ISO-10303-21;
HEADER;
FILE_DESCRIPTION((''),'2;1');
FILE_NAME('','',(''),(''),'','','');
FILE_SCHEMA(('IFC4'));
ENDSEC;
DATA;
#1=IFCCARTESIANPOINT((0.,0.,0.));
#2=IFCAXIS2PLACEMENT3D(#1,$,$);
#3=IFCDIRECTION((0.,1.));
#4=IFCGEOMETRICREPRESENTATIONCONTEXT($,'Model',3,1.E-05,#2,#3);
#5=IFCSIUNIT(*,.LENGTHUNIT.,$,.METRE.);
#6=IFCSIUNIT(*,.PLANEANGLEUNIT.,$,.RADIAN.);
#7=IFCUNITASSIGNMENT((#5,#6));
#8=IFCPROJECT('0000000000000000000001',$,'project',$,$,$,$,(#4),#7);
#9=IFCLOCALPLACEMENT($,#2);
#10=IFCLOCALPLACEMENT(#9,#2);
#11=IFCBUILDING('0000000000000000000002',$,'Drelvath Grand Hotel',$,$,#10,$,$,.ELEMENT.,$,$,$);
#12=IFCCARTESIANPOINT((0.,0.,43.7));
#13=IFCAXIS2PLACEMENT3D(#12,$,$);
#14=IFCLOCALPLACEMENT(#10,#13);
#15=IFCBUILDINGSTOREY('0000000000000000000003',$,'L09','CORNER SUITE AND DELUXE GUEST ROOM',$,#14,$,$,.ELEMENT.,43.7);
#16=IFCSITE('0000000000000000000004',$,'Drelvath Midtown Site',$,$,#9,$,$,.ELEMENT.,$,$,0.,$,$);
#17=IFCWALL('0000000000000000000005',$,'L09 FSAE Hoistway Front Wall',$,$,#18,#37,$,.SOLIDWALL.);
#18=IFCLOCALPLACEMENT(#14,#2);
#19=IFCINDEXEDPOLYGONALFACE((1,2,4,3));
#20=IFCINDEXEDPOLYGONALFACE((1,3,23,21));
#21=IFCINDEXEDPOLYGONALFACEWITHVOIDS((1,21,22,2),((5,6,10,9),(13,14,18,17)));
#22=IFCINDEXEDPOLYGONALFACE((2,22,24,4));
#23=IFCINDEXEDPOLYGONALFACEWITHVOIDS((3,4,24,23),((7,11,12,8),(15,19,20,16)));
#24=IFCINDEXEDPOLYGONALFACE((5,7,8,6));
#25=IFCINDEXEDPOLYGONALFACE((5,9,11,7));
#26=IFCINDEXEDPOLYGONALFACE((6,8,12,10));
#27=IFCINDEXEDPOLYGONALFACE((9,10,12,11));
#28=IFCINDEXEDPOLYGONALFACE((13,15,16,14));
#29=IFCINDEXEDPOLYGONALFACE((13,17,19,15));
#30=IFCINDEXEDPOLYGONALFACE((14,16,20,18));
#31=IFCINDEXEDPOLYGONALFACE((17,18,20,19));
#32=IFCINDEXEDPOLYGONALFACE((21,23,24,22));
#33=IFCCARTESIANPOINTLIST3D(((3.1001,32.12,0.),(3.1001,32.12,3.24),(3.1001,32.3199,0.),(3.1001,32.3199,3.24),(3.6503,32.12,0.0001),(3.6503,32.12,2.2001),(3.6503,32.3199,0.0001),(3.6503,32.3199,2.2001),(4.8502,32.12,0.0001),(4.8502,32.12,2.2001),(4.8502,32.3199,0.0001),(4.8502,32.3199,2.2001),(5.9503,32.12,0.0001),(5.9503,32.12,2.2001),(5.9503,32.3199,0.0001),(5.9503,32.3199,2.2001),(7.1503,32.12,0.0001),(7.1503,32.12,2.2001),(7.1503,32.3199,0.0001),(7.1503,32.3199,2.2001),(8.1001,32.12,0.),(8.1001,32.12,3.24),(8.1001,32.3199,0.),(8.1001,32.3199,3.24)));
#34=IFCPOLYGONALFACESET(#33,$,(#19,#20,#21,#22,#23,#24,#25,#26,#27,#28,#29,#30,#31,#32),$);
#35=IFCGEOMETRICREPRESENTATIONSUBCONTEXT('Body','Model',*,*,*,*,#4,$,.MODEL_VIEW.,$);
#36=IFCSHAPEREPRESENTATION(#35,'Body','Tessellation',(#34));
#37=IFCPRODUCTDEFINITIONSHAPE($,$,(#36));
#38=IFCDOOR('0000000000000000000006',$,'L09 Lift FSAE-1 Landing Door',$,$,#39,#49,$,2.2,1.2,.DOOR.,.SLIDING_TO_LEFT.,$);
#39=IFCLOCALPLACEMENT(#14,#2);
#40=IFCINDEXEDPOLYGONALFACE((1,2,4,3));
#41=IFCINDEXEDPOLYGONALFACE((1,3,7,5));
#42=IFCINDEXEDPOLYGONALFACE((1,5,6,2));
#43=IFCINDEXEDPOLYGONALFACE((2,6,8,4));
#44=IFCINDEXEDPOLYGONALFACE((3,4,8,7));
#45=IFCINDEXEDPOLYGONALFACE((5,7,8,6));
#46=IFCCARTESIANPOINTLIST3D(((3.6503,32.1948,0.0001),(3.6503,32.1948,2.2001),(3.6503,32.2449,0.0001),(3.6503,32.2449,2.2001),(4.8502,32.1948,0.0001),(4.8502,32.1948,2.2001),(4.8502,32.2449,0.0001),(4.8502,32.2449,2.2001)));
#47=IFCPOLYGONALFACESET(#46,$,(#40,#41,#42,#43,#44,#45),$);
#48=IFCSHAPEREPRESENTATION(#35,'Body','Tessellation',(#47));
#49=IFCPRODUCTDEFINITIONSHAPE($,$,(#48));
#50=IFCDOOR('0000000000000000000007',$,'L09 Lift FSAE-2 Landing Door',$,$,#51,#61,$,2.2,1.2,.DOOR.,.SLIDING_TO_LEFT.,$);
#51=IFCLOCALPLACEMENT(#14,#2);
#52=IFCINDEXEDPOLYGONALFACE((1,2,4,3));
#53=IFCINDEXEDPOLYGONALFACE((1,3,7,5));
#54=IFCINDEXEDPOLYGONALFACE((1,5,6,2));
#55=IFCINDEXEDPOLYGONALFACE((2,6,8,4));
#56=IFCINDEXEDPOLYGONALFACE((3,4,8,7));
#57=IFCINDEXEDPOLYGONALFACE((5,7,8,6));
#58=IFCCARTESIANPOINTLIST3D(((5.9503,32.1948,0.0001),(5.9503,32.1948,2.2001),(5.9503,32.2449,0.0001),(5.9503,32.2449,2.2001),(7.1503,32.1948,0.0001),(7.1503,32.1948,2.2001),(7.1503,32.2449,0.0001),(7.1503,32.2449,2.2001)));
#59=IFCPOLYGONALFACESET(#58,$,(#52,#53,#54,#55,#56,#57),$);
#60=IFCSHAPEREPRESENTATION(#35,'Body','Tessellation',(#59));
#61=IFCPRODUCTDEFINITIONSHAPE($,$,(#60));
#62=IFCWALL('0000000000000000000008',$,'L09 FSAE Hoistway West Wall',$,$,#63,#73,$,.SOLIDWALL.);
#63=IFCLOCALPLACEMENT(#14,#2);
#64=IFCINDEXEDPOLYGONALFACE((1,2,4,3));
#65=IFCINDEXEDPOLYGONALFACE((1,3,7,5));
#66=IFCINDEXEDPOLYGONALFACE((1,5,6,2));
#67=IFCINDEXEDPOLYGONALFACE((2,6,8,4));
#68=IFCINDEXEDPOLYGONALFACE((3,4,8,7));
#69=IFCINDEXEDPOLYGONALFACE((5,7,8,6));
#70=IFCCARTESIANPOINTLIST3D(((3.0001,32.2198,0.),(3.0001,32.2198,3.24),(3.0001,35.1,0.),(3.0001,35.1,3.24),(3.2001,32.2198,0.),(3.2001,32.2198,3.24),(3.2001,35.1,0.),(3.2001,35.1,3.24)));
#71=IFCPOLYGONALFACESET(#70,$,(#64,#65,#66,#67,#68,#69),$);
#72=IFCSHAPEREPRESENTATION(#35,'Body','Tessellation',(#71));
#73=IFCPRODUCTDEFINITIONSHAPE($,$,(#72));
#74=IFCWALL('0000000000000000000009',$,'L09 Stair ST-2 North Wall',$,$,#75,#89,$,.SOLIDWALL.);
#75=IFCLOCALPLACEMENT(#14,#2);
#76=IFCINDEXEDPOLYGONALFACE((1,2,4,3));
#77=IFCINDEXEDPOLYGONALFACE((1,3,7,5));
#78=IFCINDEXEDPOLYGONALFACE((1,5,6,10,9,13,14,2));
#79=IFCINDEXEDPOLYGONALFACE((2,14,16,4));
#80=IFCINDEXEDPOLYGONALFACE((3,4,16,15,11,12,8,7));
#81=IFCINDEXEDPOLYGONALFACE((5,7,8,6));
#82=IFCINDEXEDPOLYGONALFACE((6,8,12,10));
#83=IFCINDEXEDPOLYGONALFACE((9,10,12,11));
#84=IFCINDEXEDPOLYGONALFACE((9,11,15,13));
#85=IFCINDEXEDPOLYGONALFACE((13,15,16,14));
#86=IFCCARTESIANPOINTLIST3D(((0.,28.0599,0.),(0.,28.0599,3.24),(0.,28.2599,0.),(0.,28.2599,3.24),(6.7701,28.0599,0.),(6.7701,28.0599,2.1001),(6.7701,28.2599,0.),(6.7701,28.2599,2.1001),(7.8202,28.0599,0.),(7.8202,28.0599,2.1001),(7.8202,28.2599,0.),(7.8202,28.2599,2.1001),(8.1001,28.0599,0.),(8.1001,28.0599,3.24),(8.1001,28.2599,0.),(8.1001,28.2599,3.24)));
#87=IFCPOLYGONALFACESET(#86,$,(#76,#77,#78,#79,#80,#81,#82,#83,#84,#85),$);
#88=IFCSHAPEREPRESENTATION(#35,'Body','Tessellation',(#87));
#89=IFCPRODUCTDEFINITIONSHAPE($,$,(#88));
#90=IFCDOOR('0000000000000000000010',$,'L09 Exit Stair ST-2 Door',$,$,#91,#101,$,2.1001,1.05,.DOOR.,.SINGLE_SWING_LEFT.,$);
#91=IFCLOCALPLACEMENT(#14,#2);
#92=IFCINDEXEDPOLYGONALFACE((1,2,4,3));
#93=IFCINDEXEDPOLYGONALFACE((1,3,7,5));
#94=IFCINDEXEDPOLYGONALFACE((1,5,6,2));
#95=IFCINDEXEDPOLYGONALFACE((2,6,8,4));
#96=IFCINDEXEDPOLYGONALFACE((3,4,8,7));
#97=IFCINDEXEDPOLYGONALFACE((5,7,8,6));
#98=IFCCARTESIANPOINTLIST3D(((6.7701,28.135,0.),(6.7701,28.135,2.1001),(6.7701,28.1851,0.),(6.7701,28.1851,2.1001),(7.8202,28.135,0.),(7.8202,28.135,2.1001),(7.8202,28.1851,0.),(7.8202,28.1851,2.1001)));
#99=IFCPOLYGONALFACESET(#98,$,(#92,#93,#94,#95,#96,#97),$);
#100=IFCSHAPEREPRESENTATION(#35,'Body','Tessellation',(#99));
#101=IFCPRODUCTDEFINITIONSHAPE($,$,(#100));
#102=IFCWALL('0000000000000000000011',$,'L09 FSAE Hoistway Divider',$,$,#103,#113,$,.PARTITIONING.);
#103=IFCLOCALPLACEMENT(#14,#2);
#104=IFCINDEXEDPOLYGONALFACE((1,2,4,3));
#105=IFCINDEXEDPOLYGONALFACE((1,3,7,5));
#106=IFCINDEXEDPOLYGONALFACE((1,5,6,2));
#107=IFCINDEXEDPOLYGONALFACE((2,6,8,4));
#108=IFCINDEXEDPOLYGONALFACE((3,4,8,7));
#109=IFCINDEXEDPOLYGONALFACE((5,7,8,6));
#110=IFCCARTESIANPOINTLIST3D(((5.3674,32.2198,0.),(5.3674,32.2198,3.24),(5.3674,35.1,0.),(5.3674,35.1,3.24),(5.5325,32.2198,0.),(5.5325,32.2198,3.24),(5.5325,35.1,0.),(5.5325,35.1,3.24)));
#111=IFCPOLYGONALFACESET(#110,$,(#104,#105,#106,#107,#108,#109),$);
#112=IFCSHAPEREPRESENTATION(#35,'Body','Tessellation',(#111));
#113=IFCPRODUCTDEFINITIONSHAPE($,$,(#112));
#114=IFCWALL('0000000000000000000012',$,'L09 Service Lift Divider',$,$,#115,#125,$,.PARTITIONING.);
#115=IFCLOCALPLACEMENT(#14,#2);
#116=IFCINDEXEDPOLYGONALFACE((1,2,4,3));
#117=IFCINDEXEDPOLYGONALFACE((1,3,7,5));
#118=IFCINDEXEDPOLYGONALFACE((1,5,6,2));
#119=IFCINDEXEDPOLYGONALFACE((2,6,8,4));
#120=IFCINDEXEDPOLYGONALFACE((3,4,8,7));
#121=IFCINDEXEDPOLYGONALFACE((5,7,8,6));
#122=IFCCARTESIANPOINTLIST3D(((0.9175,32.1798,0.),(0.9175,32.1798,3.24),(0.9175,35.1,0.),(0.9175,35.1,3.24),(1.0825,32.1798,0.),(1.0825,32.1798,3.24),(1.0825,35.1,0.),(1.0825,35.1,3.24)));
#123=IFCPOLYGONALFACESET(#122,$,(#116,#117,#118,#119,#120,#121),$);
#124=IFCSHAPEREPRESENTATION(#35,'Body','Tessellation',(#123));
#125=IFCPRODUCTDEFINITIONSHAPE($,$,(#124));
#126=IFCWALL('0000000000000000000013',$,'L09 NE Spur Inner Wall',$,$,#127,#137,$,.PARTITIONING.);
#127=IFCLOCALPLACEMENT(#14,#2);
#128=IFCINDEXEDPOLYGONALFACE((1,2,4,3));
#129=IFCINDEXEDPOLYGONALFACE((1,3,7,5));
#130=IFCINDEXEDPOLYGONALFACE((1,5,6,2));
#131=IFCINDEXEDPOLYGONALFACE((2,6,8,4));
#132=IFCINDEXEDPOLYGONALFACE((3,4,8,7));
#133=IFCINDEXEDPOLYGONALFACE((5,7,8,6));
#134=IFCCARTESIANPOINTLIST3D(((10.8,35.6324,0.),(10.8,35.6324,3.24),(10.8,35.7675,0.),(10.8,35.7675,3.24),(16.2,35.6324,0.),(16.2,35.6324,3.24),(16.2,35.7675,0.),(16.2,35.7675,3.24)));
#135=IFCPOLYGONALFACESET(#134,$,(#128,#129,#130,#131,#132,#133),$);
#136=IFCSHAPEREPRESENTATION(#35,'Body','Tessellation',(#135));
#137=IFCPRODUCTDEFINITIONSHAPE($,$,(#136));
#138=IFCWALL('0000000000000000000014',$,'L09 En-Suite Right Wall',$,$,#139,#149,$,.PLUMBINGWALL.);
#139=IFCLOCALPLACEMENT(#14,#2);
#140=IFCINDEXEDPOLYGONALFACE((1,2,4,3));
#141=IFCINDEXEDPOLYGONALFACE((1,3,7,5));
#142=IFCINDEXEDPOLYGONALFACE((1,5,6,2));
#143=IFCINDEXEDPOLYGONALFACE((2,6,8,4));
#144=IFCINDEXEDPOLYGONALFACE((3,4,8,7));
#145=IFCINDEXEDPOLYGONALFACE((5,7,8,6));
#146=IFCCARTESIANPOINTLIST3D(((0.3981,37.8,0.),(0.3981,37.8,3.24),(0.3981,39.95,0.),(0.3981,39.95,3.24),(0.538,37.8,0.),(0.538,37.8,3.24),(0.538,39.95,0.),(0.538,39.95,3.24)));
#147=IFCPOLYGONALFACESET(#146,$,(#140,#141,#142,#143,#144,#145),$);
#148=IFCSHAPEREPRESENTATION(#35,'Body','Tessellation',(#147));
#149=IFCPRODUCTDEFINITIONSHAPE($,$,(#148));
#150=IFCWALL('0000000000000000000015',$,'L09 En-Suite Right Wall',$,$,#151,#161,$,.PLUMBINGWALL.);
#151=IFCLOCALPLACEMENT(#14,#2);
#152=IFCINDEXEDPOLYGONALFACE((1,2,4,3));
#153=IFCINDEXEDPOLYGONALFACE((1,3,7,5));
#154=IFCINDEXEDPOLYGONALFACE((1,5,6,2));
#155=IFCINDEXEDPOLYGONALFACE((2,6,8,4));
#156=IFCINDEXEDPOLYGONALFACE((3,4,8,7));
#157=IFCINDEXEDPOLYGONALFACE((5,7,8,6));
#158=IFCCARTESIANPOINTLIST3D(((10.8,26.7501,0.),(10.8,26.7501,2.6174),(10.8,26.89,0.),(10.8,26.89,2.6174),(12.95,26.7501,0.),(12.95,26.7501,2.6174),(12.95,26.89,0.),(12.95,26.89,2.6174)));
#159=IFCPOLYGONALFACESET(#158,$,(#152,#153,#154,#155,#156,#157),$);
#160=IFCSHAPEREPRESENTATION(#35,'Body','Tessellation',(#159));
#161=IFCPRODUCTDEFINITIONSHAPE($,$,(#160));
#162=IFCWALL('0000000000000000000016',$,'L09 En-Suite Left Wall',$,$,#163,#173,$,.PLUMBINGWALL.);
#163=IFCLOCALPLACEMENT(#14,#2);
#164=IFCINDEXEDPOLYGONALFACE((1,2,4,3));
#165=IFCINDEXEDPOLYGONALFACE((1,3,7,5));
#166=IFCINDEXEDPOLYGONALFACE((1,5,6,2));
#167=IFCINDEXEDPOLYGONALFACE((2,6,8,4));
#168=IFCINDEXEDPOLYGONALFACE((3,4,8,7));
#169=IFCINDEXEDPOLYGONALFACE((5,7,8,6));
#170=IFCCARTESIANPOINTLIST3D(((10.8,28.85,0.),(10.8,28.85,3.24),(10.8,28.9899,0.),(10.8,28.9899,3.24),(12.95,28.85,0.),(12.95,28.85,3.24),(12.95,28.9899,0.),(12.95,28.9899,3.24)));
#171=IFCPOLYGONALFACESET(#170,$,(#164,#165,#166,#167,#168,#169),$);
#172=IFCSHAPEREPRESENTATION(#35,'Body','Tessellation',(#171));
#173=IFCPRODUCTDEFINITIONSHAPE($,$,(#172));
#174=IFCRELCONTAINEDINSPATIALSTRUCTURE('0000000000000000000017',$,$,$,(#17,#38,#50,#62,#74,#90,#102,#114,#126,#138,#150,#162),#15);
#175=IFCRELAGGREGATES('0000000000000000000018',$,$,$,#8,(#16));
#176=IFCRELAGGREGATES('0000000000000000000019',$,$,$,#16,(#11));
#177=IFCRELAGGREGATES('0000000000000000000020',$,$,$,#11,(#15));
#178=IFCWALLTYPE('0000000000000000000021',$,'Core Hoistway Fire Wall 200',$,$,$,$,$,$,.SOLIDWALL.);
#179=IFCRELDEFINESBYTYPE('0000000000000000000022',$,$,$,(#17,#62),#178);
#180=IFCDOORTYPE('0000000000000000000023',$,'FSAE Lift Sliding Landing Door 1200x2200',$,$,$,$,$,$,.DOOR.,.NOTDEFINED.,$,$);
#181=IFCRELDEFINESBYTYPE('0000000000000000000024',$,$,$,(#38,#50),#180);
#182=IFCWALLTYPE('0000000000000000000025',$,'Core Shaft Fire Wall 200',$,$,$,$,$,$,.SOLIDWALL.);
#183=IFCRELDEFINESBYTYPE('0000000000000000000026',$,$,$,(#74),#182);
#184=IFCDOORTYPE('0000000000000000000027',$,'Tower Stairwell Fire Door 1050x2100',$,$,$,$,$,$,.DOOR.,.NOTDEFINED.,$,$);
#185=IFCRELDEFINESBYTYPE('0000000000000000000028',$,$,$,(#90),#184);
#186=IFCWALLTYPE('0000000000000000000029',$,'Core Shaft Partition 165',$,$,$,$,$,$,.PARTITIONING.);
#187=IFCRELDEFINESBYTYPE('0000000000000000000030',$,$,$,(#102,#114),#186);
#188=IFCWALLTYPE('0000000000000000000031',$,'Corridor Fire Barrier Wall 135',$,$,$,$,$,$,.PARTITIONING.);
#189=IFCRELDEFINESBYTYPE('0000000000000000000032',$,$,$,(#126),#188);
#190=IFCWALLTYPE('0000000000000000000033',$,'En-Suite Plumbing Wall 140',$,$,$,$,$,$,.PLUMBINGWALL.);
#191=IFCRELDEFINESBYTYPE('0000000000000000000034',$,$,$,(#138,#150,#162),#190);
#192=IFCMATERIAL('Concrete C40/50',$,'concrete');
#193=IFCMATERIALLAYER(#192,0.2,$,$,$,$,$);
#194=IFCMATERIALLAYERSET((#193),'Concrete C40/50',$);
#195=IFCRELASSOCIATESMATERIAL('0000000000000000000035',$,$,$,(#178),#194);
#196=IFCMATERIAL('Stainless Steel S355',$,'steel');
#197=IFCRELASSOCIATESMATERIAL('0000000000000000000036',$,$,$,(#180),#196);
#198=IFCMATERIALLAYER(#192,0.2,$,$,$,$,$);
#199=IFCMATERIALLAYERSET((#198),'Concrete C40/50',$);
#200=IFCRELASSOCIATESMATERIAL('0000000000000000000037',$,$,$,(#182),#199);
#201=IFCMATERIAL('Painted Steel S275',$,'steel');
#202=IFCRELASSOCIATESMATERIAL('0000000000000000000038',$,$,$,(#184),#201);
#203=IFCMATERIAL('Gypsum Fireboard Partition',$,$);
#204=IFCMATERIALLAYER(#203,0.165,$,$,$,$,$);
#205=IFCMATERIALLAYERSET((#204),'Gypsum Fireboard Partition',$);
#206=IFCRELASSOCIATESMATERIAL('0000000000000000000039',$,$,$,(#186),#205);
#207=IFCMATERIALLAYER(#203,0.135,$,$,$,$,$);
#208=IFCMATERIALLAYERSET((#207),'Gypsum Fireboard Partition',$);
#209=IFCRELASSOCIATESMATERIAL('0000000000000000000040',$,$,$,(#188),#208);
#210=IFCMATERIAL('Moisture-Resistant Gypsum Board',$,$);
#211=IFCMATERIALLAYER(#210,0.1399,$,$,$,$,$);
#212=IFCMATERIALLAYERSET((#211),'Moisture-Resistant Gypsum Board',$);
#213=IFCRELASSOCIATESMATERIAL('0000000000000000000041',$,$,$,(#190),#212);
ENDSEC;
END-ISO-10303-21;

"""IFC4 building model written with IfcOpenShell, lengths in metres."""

from ifc_helpers import new_model, si_unit, direction, frame, frame_2d, origin, place, context, subcontext, project, spatial, rectangle, extrude, material, layer, layer_set, type_object, element, fill, save


model = new_model("IFC4")

# Units and contexts
model_context = context("Model", 3, precision=1e-05, world=origin(), true_north=direction((0.0, 1.0)))
body_context = subcontext(model_context, "Body", "Model", "MODEL_VIEW")
ifc_project = project(units=[si_unit("LENGTHUNIT", "METRE"), si_unit("PLANEANGLEUNIT", "RADIAN")], contexts=[model_context])

# Site, building, storey
site_placement = place(None, origin())
site = spatial("IfcSite", under=ifc_project, at=site_placement, Name="Drelvath Midtown Site", CompositionType="ELEMENT", RefElevation=0.0)
building_placement = place(site_placement, origin())
building = spatial("IfcBuilding", under=site, at=building_placement, Name="Drelvath Grand Hotel", CompositionType="ELEMENT")
storey_placement = place(building_placement, frame((0.0, 0.0, 43.7)))
storey = spatial("IfcBuildingStorey", under=building, at=storey_placement, Name="L09", Description="CORNER SUITE AND DELUXE GUEST ROOM", CompositionType="ELEMENT", Elevation=43.7)

# Wall, openings, doors
ifc_material_1 = material(Name="Concrete C40/50", Category="concrete")
ifc_layer_1 = layer(ifc_material_1, 0.2)
ifc_layer_set_1 = layer_set([ifc_layer_1], Name="Concrete C40/50")
wall_type_1 = type_object("IfcWallType", Name="Core Hoistway Fire Wall 200", PredefinedType="SOLIDWALL", material=ifc_layer_set_1)
wall_1_placement = place(storey_placement, frame((3.1001, 32.22, 0.0), z_axis=(0.0, 0.0, 1.0), x_axis=(1.0, 0.0, 0.0)))
wall_1 = element("IfcWall", 1, at=wall_1_placement, inside=storey, type_object=wall_type_1, Name="L09 FSAE Hoistway Front Wall", PredefinedType="SOLIDWALL", context=body_context, shape_type="SweptSolid", body=[
    extrude(rectangle(XDim=5.0, YDim=0.2, at=frame_2d((2.5, 0.0))), origin(), (0.0, 0.0, 1.0), 3.24),
])
opening_1_placement = place(wall_1_placement, frame((0.55, 0.0, 0.0)))
opening_1 = element("IfcOpeningElement", 2, at=opening_1_placement, cuts=wall_1, PredefinedType="OPENING", context=body_context, shape_type="SweptSolid", body=[
    extrude(rectangle(XDim=1.2, YDim=2.2, at=frame_2d((0.6001, 1.1001))), frame((0.0, 0.1099, 0.0), z_axis=(0.0, -1.0, 0.0), x_axis=(1.0, 0.0, 0.0)), (0.0, 0.0, 1.0), 0.22),
])
opening_2_placement = place(wall_1_placement, frame((2.8501, 0.0, 0.0)))
opening_2 = element("IfcOpeningElement", 3, at=opening_2_placement, cuts=wall_1, PredefinedType="OPENING", context=body_context, shape_type="SweptSolid", body=[
    extrude(rectangle(XDim=1.2, YDim=2.2, at=frame_2d((0.6001, 1.1001))), frame((0.0, 0.1099, 0.0), z_axis=(0.0, -1.0, 0.0), x_axis=(1.0, 0.0, 0.0)), (0.0, 0.0, 1.0), 0.22),
])
ifc_material_2 = material(Name="Stainless Steel S355", Category="steel")
door_type_1 = type_object("IfcDoorType", Name="FSAE Lift Sliding Landing Door 1200x2200", OperationType="NOTDEFINED", PredefinedType="DOOR", material=ifc_material_2)
door_1_placement = place(opening_1_placement, origin())
door_1 = element("IfcDoor", 4, at=door_1_placement, inside=storey, type_object=door_type_1, Name="L09 Lift FSAE-1 Landing Door", OperationType="SLIDING_TO_LEFT", OverallHeight=2.2, OverallWidth=1.2, PredefinedType="DOOR", context=body_context, shape_type="SweptSolid", body=[
    extrude(rectangle(XDim=1.2, YDim=2.2, at=frame_2d((0.6001, 1.1001))), frame((0.0, 0.0249, 0.0), z_axis=(0.0, -1.0, 0.0), x_axis=(1.0, 0.0, 0.0)), (0.0, 0.0, 1.0), 0.05),
])
fill(opening_1, door_1)
door_2_placement = place(opening_2_placement, origin())
door_2 = element("IfcDoor", 5, at=door_2_placement, inside=storey, type_object=door_type_1, Name="L09 Lift FSAE-2 Landing Door", OperationType="SLIDING_TO_LEFT", OverallHeight=2.2, OverallWidth=1.2, PredefinedType="DOOR", context=body_context, shape_type="SweptSolid", body=[
    extrude(rectangle(XDim=1.2, YDim=2.2, at=frame_2d((0.6001, 1.1001))), frame((0.0, 0.0249, 0.0), z_axis=(0.0, -1.0, 0.0), x_axis=(1.0, 0.0, 0.0)), (0.0, 0.0, 1.0), 0.05),
])
fill(opening_2, door_2)

# Wall
wall_2_placement = place(storey_placement, frame((3.1001, 32.22, 0.0), z_axis=(0.0, 0.0, 1.0), x_axis=(0.0, 1.0, 0.0)))
element("IfcWall", 6, at=wall_2_placement, inside=storey, type_object=wall_type_1, Name="L09 FSAE Hoistway West Wall", PredefinedType="SOLIDWALL", context=body_context, shape_type="SweptSolid", body=[
    extrude(rectangle(XDim=2.8801, YDim=0.2, at=frame_2d((1.4399, 0.0))), origin(), (0.0, 0.0, 1.0), 3.24),
])

# Wall, opening, door
ifc_layer_2 = layer(ifc_material_1, 0.2)
ifc_layer_set_2 = layer_set([ifc_layer_2], Name="Concrete C40/50")
wall_type_2 = type_object("IfcWallType", Name="Core Shaft Fire Wall 200", PredefinedType="SOLIDWALL", material=ifc_layer_set_2)
wall_3_placement = place(storey_placement, frame((8.1001, 28.1599, 0.0), z_axis=(0.0, 0.0, 1.0), x_axis=(-1.0, 0.0, 0.0)))
wall_3 = element("IfcWall", 7, at=wall_3_placement, inside=storey, type_object=wall_type_2, Name="L09 Stair ST-2 North Wall", PredefinedType="SOLIDWALL", context=body_context, shape_type="SweptSolid", body=[
    extrude(rectangle(XDim=8.1001, YDim=0.2, at=frame_2d((4.05, 0.0))), origin(), (0.0, 0.0, 1.0), 3.24),
])
opening_3_placement = place(wall_3_placement, frame((0.28, 0.0, 0.0)))
opening_3 = element("IfcOpeningElement", 8, at=opening_3_placement, cuts=wall_3, PredefinedType="OPENING", context=body_context, shape_type="SweptSolid", body=[
    extrude(rectangle(XDim=1.05, YDim=2.1001, at=frame_2d((0.5249, 1.05))), frame((0.0, 0.1099, 0.0), z_axis=(0.0, -1.0, 0.0), x_axis=(1.0, 0.0, 0.0)), (0.0, 0.0, 1.0), 0.22),
])
ifc_material_3 = material(Name="Painted Steel S275", Category="steel")
door_type_2 = type_object("IfcDoorType", Name="Tower Stairwell Fire Door 1050x2100", OperationType="NOTDEFINED", PredefinedType="DOOR", material=ifc_material_3)
door_3_placement = place(opening_3_placement, origin())
door_3 = element("IfcDoor", 9, at=door_3_placement, inside=storey, type_object=door_type_2, Name="L09 Exit Stair ST-2 Door", OperationType="SINGLE_SWING_LEFT", OverallHeight=2.1001, OverallWidth=1.05, PredefinedType="DOOR", context=body_context, shape_type="SweptSolid", body=[
    extrude(rectangle(XDim=1.05, YDim=2.1001, at=frame_2d((0.5249, 1.05))), frame((0.0, 0.0249, 0.0), z_axis=(0.0, -1.0, 0.0), x_axis=(1.0, 0.0, 0.0)), (0.0, 0.0, 1.0), 0.05),
])
fill(opening_3, door_3)

# Walls
ifc_material_4 = material(Name="Gypsum Fireboard Partition")
ifc_layer_3 = layer(ifc_material_4, 0.165)
ifc_layer_set_3 = layer_set([ifc_layer_3], Name="Gypsum Fireboard Partition")
wall_type_3 = type_object("IfcWallType", Name="Core Shaft Partition 165", PredefinedType="PARTITIONING", material=ifc_layer_set_3)
wall_4_placement = place(storey_placement, frame((5.45, 32.22, 0.0), z_axis=(0.0, 0.0, 1.0), x_axis=(0.0, 1.0, 0.0)))
element("IfcWall", 10, at=wall_4_placement, inside=storey, type_object=wall_type_3, Name="L09 FSAE Hoistway Divider", PredefinedType="PARTITIONING", context=body_context, shape_type="SweptSolid", body=[
    extrude(rectangle(XDim=2.8801, YDim=0.165, at=frame_2d((1.4399, 0.0))), origin(), (0.0, 0.0, 1.0), 3.24),
])
wall_5_placement = place(storey_placement, frame((1.0, 32.1799, 0.0), z_axis=(0.0, 0.0, 1.0), x_axis=(0.0, 1.0, 0.0)))
element("IfcWall", 11, at=wall_5_placement, inside=storey, type_object=wall_type_3, Name="L09 Service Lift Divider", PredefinedType="PARTITIONING", context=body_context, shape_type="SweptSolid", body=[
    extrude(rectangle(XDim=2.9202, YDim=0.165, at=frame_2d((1.46, 0.0))), origin(), (0.0, 0.0, 1.0), 3.24),
])
ifc_layer_4 = layer(ifc_material_4, 0.135)
ifc_layer_set_4 = layer_set([ifc_layer_4], Name="Gypsum Fireboard Partition")
wall_type_4 = type_object("IfcWallType", Name="Corridor Fire Barrier Wall 135", PredefinedType="PARTITIONING", material=ifc_layer_set_4)
wall_6_placement = place(storey_placement, frame((10.8, 35.7, 0.0), z_axis=(0.0, 0.0, 1.0), x_axis=(1.0, 0.0, 0.0)))
element("IfcWall", 12, at=wall_6_placement, inside=storey, type_object=wall_type_4, Name="L09 NE Spur Inner Wall", PredefinedType="PARTITIONING", context=body_context, shape_type="SweptSolid", body=[
    extrude(rectangle(XDim=5.3999, YDim=0.135, at=frame_2d((2.7, 0.0))), origin(), (0.0, 0.0, 1.0), 3.24),
])
ifc_material_5 = material(Name="Moisture-Resistant Gypsum Board")
ifc_layer_5 = layer(ifc_material_5, 0.1399)
ifc_layer_set_5 = layer_set([ifc_layer_5], Name="Moisture-Resistant Gypsum Board")
wall_type_5 = type_object("IfcWallType", Name="En-Suite Plumbing Wall 140", PredefinedType="PLUMBINGWALL", material=ifc_layer_set_5)
wall_7_placement = place(storey_placement, frame((0.468, 37.8, 0.0), z_axis=(0.0, 0.0, 1.0), x_axis=(0.0, 1.0, 0.0)))
element("IfcWall", 13, at=wall_7_placement, inside=storey, type_object=wall_type_5, Name="L09 En-Suite Right Wall", PredefinedType="PLUMBINGWALL", context=body_context, shape_type="SweptSolid", body=[
    extrude(rectangle(XDim=2.1499, YDim=0.1399, at=frame_2d((1.075, 0.0))), origin(), (0.0, 0.0, 1.0), 3.24),
])
wall_8_placement = place(storey_placement, frame((10.8, 26.8201, 0.0), z_axis=(0.0, 0.0, 1.0), x_axis=(1.0, 0.0, 0.0)))
element("IfcWall", 14, at=wall_8_placement, inside=storey, type_object=wall_type_5, Name="L09 En-Suite Right Wall", PredefinedType="PLUMBINGWALL", context=body_context, shape_type="SweptSolid", body=[
    extrude(rectangle(XDim=2.1499, YDim=0.1399, at=frame_2d((1.075, 0.0))), origin(), (0.0, 0.0, 1.0), 2.6174),
])
for number, where, z_axis, x_axis, name in (
    (15, (10.8, 28.9199, 0.0), (0.0, 0.0, 1.0), (1.0, 0.0, 0.0), "L09 En-Suite Left Wall"),
):
    element("IfcWall", number, at=place(storey_placement, frame(where, z_axis=z_axis, x_axis=x_axis)), inside=storey, type_object=wall_type_5, Name=name, PredefinedType="PLUMBINGWALL", context=body_context, shape_type="SweptSolid", body=[
        extrude(rectangle(XDim=2.1499, YDim=0.1399, at=frame_2d((1.075, 0.0))), origin(), (0.0, 0.0, 1.0), 3.24),
    ])

save(model, "model.ifc")
